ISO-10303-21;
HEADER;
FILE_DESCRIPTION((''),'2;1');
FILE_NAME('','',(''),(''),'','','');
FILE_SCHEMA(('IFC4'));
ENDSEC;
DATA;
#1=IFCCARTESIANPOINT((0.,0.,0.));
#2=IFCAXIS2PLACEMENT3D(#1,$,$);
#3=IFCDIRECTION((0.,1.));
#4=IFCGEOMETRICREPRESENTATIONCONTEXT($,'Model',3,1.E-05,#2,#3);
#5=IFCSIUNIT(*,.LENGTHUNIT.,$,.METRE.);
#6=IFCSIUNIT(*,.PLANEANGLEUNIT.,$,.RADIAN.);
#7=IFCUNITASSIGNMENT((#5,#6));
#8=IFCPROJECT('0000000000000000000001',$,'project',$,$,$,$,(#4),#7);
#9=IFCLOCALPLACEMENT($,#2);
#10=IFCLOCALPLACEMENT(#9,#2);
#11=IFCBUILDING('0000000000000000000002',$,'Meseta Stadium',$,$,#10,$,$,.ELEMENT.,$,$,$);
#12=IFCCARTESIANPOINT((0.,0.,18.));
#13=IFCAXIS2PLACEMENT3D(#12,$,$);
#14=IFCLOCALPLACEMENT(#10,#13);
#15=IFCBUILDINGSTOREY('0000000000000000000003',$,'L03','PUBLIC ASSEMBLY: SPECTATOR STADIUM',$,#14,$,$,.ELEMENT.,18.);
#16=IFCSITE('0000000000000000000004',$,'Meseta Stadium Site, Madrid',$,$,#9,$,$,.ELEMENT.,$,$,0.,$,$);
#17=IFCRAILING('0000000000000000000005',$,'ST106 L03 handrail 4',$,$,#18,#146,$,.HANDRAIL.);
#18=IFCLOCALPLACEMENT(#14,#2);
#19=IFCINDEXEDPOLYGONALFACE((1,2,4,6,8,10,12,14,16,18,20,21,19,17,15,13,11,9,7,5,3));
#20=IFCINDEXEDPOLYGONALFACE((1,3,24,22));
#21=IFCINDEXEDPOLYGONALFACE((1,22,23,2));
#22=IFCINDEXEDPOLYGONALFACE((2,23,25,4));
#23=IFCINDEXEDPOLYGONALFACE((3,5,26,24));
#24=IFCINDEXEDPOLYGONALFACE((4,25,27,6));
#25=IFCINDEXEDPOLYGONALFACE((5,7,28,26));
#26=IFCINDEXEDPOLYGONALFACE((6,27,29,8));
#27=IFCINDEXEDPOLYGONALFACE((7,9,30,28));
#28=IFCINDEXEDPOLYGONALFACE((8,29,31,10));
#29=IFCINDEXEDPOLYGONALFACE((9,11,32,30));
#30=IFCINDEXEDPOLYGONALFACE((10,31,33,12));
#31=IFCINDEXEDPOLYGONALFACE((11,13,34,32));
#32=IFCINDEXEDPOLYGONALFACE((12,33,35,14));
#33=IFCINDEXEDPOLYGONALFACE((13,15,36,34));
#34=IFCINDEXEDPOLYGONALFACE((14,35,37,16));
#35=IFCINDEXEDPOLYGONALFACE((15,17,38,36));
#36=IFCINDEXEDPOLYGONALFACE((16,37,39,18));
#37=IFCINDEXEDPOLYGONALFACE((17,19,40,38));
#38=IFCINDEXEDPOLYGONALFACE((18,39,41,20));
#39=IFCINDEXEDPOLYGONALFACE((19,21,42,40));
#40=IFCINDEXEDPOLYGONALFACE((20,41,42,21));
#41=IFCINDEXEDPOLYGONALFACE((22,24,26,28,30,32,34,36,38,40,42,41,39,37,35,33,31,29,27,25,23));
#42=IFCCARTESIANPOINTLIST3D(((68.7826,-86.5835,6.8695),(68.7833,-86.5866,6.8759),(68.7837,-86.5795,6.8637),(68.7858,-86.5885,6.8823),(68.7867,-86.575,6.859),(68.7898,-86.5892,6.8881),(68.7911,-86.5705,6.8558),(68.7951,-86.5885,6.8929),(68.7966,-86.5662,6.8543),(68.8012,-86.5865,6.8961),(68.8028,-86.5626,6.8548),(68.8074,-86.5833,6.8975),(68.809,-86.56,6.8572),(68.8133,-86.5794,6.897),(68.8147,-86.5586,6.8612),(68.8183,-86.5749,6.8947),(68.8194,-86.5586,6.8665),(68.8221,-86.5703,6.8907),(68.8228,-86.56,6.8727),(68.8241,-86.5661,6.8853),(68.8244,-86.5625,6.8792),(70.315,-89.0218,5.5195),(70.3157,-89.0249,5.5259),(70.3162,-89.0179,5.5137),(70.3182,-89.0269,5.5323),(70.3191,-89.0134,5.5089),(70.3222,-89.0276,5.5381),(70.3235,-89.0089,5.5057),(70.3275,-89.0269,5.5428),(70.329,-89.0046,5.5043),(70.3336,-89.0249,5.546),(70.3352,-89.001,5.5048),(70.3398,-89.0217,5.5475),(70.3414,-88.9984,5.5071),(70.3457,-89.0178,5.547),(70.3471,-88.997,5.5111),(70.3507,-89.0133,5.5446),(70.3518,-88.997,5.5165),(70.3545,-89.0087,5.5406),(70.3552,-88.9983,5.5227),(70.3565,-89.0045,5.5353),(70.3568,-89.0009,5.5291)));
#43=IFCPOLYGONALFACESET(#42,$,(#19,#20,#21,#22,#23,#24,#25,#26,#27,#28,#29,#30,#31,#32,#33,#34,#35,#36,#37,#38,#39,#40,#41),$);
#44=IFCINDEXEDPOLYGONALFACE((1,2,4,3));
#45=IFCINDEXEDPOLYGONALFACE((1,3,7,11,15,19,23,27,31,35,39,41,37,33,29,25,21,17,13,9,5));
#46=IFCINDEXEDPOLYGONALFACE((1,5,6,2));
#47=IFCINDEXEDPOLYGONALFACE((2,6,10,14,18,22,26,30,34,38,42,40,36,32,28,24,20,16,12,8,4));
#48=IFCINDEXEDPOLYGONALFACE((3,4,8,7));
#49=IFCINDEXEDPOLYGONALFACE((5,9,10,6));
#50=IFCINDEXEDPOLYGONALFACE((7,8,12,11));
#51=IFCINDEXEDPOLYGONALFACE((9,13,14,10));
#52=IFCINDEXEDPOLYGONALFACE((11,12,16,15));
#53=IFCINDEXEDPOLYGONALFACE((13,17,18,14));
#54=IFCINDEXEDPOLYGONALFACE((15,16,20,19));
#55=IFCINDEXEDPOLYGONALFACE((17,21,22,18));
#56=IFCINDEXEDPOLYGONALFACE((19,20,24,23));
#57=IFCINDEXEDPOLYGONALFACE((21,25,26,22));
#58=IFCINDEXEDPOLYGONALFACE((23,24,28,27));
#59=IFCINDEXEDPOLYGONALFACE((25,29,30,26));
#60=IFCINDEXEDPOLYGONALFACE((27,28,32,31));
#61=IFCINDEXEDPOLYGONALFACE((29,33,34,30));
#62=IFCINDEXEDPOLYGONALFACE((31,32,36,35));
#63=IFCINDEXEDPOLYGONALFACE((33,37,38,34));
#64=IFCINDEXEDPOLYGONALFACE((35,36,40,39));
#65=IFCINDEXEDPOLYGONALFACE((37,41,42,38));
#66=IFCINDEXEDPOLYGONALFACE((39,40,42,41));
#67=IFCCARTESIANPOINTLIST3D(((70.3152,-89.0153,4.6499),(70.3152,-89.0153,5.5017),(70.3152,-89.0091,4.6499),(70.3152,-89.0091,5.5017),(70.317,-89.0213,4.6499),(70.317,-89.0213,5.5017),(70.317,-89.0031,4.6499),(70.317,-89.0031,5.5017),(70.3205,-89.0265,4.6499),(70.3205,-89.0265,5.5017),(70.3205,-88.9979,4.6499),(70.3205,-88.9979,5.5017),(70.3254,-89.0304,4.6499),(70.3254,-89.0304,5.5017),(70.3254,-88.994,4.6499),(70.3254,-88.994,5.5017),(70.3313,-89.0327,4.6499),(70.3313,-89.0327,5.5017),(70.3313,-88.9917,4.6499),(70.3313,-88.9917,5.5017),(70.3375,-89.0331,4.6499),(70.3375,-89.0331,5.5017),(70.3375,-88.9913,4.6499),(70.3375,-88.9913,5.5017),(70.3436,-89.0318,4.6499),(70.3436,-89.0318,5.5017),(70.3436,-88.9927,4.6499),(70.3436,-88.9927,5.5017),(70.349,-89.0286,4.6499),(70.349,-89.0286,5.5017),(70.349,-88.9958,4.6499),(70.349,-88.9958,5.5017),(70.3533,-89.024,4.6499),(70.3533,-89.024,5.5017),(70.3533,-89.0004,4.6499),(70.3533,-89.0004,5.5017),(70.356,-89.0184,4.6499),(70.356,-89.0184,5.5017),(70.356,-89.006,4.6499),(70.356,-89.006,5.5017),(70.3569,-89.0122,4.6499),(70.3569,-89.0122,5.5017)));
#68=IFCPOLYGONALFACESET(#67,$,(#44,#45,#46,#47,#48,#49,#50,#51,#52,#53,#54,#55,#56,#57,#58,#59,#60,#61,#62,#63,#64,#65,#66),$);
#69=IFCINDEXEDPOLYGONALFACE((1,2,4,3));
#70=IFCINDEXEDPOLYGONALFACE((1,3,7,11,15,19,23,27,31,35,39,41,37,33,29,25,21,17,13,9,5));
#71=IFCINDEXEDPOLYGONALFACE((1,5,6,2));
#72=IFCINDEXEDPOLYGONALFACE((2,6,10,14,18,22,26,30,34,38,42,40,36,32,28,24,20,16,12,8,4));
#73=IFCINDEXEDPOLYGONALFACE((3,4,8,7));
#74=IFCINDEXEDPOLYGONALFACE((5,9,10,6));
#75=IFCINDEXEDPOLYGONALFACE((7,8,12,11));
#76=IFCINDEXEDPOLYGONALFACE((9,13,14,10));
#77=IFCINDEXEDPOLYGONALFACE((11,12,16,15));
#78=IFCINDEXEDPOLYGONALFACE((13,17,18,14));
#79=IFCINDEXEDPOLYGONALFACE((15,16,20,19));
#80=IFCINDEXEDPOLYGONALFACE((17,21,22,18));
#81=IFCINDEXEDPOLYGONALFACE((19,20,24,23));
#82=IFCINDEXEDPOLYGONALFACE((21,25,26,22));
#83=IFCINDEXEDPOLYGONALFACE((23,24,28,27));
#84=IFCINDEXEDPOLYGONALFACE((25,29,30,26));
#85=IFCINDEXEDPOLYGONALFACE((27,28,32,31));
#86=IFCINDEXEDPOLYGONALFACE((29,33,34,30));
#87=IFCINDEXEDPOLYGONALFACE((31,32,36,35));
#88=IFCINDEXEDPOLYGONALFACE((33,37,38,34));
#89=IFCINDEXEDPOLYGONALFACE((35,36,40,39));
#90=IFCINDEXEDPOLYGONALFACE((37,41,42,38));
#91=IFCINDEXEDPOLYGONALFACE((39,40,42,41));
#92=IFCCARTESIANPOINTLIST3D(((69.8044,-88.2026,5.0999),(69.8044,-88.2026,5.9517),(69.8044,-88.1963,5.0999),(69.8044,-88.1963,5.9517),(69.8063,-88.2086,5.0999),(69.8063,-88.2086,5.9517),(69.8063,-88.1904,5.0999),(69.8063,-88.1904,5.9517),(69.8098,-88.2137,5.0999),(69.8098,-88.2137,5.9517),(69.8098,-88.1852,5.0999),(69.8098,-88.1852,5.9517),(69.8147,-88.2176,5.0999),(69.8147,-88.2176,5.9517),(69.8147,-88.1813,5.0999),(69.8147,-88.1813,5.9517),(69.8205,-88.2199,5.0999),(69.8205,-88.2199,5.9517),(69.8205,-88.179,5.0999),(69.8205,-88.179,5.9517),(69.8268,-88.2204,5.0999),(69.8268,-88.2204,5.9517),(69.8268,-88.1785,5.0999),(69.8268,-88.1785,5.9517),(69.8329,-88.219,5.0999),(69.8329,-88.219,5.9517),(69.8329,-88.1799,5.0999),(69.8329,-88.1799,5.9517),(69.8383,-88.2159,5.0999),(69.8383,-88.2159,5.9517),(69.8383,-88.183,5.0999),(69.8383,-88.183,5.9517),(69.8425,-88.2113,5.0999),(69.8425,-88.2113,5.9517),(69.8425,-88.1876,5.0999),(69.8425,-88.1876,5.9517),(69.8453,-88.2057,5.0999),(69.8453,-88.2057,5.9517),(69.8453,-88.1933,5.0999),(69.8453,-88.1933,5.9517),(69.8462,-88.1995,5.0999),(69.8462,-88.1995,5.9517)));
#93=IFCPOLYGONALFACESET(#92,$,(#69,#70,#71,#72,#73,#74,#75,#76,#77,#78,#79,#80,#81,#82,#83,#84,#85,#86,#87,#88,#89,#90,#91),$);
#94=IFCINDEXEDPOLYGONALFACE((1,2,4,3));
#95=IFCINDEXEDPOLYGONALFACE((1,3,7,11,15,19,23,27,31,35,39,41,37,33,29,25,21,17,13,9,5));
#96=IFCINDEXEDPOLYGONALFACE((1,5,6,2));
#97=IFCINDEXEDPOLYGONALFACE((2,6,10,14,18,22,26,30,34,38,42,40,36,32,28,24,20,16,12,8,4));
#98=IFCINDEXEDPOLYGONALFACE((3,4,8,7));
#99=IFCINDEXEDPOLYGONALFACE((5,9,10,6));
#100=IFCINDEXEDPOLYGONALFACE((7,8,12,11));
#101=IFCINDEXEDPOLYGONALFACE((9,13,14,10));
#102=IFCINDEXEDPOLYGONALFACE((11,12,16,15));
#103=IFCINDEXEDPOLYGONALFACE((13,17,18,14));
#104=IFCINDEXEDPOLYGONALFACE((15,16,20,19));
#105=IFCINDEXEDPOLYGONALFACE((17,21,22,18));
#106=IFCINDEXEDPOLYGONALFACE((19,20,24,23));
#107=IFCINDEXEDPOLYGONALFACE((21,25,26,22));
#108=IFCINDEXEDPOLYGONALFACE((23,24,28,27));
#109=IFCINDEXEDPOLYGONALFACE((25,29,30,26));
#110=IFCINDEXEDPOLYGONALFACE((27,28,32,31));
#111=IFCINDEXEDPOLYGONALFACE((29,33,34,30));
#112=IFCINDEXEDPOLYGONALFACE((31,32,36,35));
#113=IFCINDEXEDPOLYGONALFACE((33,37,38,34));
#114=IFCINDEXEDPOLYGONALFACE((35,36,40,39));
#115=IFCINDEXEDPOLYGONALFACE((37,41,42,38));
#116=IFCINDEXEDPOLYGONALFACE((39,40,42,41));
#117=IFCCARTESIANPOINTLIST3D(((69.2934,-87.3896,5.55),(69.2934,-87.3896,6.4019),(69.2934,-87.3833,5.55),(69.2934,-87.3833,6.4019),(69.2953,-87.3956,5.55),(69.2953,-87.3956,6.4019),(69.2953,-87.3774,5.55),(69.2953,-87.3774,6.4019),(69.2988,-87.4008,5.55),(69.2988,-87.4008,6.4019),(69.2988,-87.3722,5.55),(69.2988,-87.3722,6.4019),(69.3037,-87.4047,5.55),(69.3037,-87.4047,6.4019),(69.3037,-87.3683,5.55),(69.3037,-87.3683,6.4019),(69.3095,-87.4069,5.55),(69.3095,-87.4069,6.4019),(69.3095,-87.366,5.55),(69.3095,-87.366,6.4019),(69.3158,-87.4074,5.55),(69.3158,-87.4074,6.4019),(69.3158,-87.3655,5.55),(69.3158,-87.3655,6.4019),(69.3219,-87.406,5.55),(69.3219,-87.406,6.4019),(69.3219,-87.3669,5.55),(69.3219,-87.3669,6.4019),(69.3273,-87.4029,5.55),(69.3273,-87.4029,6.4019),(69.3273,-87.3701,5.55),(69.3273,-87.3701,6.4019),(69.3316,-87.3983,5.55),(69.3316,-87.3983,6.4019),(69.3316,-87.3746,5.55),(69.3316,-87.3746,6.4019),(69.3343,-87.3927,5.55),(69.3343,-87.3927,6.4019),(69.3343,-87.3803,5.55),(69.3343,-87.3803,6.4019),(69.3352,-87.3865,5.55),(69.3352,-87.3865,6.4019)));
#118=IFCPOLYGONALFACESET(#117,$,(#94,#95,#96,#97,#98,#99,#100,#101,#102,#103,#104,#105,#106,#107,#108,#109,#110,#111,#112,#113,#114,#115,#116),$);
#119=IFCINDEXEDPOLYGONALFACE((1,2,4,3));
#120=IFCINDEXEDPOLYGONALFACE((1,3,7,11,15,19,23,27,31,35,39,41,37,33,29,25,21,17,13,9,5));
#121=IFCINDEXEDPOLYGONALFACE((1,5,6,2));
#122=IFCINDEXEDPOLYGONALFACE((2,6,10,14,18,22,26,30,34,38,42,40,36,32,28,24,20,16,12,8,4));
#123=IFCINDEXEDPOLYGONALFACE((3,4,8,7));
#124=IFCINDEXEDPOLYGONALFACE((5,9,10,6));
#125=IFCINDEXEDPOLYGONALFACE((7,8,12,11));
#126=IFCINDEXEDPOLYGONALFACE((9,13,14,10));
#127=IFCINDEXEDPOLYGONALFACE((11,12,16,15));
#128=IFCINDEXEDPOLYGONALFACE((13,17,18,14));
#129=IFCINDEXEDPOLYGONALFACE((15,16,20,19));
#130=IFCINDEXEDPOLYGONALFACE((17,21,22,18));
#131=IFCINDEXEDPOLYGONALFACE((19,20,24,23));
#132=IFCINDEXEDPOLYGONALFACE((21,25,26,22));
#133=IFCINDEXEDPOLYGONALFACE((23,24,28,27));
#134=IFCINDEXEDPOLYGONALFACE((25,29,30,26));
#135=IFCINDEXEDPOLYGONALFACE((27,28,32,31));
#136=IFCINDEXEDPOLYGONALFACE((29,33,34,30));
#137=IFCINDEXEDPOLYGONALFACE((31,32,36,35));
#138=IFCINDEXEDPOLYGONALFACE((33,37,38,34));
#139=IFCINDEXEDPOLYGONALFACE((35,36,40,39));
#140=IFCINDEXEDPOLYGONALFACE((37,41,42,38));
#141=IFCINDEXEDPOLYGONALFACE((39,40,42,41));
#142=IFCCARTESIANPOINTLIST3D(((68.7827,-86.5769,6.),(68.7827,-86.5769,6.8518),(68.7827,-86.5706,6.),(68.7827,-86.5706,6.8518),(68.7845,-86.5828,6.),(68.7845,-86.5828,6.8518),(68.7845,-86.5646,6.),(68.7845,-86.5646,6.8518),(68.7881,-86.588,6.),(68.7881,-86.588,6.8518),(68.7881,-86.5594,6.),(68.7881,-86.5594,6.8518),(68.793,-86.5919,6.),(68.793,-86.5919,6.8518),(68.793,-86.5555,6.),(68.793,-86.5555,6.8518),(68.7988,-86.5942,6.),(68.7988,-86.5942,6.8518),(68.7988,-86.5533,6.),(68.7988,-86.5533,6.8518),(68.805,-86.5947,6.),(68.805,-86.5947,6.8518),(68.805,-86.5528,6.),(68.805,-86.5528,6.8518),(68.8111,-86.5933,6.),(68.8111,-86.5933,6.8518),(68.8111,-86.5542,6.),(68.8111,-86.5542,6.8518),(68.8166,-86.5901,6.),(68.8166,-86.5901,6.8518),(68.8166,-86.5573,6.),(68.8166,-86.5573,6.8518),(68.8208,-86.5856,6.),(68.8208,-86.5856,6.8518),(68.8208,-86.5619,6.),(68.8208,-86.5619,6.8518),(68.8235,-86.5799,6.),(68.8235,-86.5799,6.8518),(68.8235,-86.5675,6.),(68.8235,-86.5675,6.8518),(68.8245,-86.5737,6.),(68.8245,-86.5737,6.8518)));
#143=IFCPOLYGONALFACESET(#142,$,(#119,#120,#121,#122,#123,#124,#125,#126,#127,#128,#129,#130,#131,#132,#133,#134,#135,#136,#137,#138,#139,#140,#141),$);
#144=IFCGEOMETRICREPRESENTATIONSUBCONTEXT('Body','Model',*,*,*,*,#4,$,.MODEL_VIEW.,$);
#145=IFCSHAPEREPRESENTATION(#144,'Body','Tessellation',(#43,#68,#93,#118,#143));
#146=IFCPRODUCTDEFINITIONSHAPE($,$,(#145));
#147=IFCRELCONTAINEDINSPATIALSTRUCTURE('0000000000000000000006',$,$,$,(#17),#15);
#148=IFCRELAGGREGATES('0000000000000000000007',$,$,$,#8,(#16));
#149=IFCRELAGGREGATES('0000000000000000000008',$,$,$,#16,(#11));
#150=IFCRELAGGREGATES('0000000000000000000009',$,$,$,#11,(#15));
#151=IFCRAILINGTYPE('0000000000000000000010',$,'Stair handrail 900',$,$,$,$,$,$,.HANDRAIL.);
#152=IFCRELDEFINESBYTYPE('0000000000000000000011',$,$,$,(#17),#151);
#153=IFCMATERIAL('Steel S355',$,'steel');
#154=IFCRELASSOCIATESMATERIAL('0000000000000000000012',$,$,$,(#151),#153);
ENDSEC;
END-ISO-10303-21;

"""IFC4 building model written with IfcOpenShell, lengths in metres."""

from ifc_helpers import new_model, si_unit, direction, frame, origin, origin_2d, place, context, subcontext, project, spatial, circle, extrude, material, type_object, element, save


model = new_model("IFC4")

# Units and contexts
model_context = context("Model", 3, precision=1e-05, world=origin(), true_north=direction((0.0, 1.0)))
body_context = subcontext(model_context, "Body", "Model", "MODEL_VIEW")
ifc_project = project(units=[si_unit("LENGTHUNIT", "METRE"), si_unit("PLANEANGLEUNIT", "RADIAN")], contexts=[model_context])

# Site, building, storey
site_placement = place(None, origin())
site = spatial("IfcSite", under=ifc_project, at=site_placement, Name="Meseta Stadium Site, Madrid", CompositionType="ELEMENT", RefElevation=0.0)
building_placement = place(site_placement, origin())
building = spatial("IfcBuilding", under=site, at=building_placement, Name="Meseta Stadium", CompositionType="ELEMENT")
storey_placement = place(building_placement, frame((0.0, 0.0, 18.0)))
storey = spatial("IfcBuildingStorey", under=building, at=storey_placement, Name="L03", Description="PUBLIC ASSEMBLY: SPECTATOR STADIUM", CompositionType="ELEMENT", Elevation=18.0)

# Railing
ifc_material_1 = material(Name="Steel S355", Category="steel")
railing_type_1 = type_object("IfcRailingType", Name="Stair handrail 900", PredefinedType="HANDRAIL", material=ifc_material_1)
for number, where, name in (
    (1, (70.3359, -89.0122, 4.6499), "ST106 L03 handrail 4"),
):
    element("IfcRailing", number, at=place(storey_placement, frame(where)), inside=storey, type_object=railing_type_1, Name=name, PredefinedType="HANDRAIL", context=body_context, shape_type="SweptSolid", body=[
        extrude(circle(Radius=0.0239, at=origin_2d()), frame((0.0, 0.0, 0.876), z_axis=(-0.48179, 0.766627, 0.424454), x_axis=(-0.846681, -0.5321, 0.0)), (0.0, 0.0, 1.0), 3.1807),
        extrude(circle(Radius=0.021, at=origin_2d()), origin(), (0.0, 0.0, 1.0), 0.8518),
        extrude(circle(Radius=0.021, at=origin_2d()), frame((-0.5107, 0.8127, 0.45)), (0.0, 0.0, 1.0), 0.8518),
        extrude(circle(Radius=0.021, at=origin_2d()), frame((-1.0217, 1.6257, 0.9001)), (0.0, 0.0, 1.0), 0.8518),
        extrude(circle(Radius=0.021, at=origin_2d()), frame((-1.5325, 2.4385, 1.3501)), (0.0, 0.0, 1.0), 0.8518),
    ])

save(model, "model.ifc")
